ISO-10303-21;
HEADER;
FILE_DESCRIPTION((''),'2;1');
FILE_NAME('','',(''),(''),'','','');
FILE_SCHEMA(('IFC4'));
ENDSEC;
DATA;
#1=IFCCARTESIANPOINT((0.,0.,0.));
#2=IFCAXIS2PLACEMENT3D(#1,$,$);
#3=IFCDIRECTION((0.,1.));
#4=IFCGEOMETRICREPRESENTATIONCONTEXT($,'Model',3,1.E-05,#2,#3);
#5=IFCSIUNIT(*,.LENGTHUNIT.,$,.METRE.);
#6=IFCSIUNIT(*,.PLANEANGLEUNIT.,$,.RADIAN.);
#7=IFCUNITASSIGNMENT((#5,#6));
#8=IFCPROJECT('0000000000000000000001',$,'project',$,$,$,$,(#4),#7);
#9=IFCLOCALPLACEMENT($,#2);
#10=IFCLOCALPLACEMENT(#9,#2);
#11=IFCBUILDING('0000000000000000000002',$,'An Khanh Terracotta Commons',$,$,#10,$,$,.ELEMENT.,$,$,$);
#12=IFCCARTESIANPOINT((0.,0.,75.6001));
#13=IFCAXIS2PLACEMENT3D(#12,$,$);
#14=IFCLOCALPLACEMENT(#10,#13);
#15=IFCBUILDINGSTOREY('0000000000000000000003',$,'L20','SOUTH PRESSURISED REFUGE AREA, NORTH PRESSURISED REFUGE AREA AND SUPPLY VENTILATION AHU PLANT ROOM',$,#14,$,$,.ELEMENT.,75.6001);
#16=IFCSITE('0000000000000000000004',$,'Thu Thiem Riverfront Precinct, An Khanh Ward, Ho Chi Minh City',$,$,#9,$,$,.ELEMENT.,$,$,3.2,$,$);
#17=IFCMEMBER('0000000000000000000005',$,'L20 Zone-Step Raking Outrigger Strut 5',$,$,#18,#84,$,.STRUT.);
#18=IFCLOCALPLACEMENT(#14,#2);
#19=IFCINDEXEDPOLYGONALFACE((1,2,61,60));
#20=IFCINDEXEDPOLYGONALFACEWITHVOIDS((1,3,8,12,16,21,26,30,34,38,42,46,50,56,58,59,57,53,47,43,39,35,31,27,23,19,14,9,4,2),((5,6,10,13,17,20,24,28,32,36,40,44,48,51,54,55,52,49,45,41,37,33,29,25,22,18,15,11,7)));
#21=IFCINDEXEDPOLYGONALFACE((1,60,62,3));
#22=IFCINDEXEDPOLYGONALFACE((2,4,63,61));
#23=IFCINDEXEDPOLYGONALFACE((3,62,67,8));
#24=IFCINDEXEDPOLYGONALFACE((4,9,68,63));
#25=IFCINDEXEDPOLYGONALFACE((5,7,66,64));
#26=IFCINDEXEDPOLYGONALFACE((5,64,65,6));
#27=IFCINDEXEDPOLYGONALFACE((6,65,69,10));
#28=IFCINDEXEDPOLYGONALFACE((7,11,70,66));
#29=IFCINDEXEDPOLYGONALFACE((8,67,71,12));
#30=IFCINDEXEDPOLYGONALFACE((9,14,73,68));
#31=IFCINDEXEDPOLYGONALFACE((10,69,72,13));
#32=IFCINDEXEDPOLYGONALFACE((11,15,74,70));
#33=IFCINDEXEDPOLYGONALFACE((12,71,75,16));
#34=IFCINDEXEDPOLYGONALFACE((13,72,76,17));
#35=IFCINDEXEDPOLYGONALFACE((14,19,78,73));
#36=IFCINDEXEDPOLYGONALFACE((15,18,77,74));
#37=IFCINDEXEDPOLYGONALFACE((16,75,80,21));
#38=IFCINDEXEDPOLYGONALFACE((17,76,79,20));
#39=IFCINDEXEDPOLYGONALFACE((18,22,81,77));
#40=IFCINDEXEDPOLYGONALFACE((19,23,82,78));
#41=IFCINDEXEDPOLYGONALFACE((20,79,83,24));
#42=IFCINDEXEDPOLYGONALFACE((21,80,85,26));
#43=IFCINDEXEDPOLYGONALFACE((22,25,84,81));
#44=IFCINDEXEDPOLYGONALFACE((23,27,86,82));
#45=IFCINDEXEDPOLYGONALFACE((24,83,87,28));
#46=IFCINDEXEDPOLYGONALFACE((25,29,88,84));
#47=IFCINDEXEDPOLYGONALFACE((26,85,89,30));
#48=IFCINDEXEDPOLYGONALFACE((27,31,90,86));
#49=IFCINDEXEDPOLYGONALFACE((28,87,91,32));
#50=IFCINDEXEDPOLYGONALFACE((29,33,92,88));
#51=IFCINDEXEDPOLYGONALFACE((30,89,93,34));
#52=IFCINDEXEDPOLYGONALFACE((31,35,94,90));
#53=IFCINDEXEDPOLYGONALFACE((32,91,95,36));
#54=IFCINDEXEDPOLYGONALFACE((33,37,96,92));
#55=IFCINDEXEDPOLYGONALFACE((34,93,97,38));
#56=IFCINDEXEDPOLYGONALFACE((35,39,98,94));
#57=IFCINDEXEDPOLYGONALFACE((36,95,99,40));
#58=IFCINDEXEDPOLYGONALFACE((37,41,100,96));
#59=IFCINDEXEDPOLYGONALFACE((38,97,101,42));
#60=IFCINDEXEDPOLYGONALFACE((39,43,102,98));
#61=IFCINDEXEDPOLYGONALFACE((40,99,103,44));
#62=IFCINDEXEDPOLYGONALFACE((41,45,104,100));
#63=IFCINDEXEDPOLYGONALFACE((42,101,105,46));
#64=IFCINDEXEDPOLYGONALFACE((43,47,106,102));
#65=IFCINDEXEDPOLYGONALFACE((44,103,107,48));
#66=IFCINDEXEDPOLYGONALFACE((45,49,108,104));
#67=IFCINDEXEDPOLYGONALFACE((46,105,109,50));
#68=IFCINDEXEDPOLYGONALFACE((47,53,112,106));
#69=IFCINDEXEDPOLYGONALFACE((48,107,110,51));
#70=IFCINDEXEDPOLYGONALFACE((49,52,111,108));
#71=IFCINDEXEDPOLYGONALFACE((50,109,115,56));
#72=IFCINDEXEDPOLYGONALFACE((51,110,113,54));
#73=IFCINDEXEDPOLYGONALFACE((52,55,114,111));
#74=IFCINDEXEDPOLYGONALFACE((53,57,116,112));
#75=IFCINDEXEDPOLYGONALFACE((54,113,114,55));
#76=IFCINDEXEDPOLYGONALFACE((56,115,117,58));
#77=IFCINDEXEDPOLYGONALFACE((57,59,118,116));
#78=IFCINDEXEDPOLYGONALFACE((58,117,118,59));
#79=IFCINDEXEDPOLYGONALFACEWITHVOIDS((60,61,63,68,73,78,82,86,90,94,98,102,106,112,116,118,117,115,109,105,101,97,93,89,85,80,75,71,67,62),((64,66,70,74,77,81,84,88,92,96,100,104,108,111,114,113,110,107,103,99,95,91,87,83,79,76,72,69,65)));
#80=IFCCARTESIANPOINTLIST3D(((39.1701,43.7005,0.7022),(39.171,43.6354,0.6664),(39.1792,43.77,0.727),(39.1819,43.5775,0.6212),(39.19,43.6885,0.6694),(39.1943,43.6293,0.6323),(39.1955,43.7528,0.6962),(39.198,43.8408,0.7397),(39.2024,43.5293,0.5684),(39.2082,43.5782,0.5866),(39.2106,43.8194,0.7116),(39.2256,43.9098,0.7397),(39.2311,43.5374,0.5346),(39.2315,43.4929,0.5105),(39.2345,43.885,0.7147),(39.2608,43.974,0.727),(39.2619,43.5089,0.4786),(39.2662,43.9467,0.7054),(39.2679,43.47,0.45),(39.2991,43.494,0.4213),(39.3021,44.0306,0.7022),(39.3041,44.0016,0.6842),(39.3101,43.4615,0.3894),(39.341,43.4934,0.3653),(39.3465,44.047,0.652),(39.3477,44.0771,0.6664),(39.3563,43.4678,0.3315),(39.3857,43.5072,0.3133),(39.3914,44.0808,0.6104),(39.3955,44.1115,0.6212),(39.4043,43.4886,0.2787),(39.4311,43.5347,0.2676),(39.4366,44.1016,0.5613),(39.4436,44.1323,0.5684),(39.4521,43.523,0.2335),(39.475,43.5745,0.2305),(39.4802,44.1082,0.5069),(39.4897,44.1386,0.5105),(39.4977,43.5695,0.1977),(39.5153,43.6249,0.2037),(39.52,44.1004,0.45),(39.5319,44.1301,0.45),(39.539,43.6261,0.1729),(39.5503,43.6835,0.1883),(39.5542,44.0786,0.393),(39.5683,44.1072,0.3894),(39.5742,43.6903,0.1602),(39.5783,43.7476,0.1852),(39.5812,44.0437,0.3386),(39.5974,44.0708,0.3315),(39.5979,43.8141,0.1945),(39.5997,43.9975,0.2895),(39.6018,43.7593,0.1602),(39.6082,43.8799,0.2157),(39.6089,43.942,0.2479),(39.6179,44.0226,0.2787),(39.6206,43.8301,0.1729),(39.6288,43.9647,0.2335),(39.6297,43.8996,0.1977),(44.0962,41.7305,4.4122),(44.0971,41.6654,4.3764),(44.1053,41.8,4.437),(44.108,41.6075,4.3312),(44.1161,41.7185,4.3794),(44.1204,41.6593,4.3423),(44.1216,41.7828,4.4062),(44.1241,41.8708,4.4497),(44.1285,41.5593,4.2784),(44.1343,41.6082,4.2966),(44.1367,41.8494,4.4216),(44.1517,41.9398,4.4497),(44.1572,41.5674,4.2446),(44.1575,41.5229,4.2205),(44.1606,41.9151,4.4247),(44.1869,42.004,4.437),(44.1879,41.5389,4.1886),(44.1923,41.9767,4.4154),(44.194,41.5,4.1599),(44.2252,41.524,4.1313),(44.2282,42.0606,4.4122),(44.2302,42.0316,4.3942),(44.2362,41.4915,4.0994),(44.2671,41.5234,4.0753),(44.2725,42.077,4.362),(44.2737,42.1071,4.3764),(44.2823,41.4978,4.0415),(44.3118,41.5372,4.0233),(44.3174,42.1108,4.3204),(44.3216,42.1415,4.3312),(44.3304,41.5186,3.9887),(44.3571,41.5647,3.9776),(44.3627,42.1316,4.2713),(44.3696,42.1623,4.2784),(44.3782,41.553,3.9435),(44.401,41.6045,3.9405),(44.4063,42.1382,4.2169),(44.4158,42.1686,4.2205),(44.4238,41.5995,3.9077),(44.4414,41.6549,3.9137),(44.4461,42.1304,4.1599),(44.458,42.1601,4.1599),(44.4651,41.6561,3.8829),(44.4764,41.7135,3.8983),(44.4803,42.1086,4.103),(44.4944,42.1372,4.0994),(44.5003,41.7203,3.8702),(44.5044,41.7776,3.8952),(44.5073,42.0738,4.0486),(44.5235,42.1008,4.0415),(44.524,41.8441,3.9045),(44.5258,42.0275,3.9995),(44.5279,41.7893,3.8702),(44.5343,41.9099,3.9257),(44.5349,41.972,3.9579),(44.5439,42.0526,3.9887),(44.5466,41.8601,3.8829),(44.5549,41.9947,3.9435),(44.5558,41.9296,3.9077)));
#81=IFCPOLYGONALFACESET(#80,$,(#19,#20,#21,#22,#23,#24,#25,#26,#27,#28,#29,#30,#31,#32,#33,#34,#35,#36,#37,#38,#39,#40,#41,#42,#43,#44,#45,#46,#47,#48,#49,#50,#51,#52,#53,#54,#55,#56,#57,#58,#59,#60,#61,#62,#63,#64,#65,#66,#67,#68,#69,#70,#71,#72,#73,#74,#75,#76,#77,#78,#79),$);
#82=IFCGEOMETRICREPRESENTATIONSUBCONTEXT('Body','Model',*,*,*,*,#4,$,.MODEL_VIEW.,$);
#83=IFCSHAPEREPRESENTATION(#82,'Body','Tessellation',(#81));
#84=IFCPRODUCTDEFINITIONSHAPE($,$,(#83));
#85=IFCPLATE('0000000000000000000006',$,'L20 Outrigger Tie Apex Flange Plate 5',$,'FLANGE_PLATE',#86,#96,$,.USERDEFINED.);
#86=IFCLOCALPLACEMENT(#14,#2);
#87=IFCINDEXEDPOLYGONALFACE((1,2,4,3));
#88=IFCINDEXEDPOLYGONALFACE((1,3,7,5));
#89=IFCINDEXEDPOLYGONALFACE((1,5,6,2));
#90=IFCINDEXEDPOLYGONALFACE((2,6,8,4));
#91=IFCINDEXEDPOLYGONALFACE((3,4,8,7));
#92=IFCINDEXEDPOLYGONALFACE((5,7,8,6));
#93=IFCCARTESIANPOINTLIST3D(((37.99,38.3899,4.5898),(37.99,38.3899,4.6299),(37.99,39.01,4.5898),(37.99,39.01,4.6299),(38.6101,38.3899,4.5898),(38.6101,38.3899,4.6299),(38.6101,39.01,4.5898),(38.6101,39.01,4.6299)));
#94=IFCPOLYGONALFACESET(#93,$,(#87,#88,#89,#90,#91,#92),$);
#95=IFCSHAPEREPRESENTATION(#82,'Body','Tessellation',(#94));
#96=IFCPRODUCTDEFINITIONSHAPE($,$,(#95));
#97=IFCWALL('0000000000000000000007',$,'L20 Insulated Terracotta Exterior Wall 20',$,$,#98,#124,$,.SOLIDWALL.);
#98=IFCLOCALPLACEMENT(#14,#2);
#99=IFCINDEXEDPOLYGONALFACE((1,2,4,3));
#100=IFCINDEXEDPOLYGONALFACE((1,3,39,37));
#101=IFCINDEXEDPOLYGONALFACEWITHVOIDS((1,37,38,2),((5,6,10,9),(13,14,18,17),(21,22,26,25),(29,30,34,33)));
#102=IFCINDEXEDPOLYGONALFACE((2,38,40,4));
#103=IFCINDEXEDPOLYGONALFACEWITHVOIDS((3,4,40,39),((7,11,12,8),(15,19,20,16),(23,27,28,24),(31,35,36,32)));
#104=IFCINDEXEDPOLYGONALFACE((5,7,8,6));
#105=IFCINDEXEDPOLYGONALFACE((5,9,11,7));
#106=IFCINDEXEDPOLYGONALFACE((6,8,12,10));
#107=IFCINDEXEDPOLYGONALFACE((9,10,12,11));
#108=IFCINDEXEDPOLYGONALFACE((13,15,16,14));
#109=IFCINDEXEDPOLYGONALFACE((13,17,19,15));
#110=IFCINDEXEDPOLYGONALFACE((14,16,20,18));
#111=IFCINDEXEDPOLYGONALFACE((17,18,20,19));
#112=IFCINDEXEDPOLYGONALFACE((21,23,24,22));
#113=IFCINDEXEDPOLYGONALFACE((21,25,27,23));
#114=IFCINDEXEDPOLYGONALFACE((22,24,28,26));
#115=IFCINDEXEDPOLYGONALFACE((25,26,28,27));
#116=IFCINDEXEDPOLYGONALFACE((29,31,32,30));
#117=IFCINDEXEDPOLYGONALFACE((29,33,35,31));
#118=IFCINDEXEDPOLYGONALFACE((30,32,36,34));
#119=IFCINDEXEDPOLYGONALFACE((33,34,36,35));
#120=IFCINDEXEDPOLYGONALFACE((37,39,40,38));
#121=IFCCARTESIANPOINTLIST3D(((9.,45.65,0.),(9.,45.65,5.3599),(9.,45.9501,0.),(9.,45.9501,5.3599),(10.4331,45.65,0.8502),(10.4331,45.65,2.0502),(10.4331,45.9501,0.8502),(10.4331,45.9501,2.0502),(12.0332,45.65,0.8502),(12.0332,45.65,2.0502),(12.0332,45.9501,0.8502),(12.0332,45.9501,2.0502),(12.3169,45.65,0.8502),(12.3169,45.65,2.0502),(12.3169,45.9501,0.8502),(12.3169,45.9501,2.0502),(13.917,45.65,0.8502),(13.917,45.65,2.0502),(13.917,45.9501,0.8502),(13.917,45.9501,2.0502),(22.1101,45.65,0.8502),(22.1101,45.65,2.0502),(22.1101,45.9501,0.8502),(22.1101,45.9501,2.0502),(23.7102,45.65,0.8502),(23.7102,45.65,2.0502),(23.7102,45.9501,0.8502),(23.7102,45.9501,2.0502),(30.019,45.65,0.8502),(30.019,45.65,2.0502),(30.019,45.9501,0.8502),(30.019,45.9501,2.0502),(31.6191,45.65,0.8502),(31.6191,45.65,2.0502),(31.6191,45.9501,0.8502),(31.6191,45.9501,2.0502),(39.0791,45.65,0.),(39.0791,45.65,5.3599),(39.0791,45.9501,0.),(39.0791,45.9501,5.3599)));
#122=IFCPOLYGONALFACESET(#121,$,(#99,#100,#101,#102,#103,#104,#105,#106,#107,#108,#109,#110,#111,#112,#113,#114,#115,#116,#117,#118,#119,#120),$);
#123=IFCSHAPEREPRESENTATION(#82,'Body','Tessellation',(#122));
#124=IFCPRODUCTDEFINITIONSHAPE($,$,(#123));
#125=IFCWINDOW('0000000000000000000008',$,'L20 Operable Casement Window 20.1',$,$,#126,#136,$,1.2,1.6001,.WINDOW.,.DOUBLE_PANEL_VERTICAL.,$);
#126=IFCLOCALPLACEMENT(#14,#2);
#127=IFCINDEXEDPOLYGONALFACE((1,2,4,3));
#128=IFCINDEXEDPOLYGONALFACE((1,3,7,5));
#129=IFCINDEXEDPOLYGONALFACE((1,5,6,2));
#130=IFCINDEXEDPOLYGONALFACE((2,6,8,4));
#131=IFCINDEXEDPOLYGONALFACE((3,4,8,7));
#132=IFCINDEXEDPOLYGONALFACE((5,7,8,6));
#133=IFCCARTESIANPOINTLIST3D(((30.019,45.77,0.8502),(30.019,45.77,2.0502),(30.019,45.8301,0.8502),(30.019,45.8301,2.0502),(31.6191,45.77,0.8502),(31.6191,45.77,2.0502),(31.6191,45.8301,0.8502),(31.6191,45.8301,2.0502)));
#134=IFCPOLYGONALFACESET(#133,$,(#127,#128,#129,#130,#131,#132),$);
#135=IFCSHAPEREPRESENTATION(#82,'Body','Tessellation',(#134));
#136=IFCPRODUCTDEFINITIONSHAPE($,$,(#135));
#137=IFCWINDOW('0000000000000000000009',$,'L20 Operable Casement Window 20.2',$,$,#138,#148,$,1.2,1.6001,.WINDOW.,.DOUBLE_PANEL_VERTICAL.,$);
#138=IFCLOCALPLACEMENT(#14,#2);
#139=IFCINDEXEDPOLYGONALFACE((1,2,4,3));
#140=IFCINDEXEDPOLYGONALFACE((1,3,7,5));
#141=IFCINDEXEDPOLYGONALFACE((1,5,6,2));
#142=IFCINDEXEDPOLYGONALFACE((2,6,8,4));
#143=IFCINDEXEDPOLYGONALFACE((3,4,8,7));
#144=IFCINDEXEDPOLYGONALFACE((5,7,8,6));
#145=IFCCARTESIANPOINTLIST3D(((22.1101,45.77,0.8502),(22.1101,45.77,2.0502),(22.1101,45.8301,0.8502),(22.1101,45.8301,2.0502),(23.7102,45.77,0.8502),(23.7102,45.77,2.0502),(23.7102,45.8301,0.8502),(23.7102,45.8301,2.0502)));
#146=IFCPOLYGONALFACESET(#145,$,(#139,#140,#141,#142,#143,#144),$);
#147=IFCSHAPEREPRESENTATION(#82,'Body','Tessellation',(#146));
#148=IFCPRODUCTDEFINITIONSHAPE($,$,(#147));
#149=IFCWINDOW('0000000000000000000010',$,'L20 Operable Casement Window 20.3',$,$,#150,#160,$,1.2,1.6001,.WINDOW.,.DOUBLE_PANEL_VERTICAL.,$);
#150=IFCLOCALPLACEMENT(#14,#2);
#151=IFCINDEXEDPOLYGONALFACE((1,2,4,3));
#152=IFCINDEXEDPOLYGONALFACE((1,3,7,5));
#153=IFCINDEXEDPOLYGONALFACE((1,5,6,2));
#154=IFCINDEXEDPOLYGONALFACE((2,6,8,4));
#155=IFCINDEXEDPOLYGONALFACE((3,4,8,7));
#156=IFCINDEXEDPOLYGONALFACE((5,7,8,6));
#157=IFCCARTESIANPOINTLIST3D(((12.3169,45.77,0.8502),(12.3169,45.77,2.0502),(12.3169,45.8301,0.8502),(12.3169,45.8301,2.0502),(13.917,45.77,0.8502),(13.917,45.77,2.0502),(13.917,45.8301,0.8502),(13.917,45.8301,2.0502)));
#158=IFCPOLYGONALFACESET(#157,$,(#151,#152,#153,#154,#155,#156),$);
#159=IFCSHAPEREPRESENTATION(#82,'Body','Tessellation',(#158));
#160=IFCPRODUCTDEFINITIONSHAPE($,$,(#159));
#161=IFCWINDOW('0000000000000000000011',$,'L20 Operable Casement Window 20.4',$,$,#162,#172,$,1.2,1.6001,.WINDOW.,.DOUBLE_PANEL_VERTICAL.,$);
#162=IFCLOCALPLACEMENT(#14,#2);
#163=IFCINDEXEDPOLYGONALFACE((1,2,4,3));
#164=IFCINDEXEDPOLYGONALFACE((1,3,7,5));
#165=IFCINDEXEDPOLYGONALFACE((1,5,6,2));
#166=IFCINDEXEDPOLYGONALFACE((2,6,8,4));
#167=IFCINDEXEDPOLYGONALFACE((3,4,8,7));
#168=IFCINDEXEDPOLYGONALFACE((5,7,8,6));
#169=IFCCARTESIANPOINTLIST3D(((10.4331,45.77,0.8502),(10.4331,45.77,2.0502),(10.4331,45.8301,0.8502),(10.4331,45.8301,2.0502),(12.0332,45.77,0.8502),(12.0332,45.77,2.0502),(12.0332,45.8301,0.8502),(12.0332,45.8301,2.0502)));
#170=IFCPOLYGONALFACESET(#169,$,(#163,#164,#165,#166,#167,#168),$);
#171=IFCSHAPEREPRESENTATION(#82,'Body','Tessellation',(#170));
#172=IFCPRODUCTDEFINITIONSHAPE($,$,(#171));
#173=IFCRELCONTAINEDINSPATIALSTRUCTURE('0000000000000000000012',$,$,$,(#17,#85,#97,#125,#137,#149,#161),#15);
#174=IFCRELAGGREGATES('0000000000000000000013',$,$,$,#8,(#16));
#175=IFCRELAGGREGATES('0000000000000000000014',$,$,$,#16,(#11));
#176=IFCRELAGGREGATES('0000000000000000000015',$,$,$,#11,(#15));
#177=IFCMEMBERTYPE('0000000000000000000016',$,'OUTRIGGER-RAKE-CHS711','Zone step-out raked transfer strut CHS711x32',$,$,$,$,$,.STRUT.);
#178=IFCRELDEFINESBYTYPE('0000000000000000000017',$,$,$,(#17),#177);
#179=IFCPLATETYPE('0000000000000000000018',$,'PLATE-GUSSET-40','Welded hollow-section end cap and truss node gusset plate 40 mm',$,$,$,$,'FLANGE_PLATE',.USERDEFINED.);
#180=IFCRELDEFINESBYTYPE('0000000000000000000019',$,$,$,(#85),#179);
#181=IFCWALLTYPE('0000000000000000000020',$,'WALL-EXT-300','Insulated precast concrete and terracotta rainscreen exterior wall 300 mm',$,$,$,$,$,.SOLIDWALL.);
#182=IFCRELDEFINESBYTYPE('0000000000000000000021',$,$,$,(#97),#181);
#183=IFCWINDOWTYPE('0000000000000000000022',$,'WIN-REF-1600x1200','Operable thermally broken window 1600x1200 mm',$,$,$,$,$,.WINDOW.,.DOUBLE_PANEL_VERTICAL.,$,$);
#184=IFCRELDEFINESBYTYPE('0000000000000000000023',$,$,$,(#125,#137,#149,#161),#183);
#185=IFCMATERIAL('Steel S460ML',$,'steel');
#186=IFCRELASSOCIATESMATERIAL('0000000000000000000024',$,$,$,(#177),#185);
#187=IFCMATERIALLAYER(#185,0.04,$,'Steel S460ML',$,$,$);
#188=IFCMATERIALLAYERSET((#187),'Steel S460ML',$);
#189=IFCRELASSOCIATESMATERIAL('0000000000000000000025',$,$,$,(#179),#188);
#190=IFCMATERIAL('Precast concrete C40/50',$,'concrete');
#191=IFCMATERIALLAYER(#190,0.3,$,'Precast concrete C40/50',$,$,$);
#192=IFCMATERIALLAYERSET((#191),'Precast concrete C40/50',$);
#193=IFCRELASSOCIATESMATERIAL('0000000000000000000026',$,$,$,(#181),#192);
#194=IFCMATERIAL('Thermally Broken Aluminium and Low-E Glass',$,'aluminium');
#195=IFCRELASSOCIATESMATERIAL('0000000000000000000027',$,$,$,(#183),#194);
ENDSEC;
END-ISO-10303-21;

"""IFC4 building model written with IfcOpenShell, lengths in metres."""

from ifc_helpers import new_model, si_unit, direction, frame, frame_2d, origin, origin_2d, place, context, subcontext, project, spatial, rectangle, hollow_circle, extrude, material, layer, layer_set, material_profile, profile_set, type_object, element, fill, save


model = new_model("IFC4")

# Units and contexts
model_context = context("Model", 3, precision=1e-05, world=origin(), true_north=direction((0.0, 1.0)))
body_context = subcontext(model_context, "Body", "Model", "MODEL_VIEW")
ifc_project = project(units=[si_unit("LENGTHUNIT", "METRE"), si_unit("PLANEANGLEUNIT", "RADIAN")], contexts=[model_context])

# Site, building, storey
site_placement = place(None, origin())
site = spatial("IfcSite", under=ifc_project, at=site_placement, Name="Thu Thiem Riverfront Precinct, An Khanh Ward, Ho Chi Minh City", CompositionType="ELEMENT", RefElevation=3.2)
building_placement = place(site_placement, origin())
building = spatial("IfcBuilding", under=site, at=building_placement, Name="An Khanh Terracotta Commons", CompositionType="ELEMENT")
storey_placement = place(building_placement, frame((0.0, 0.0, 75.6001)))
storey = spatial("IfcBuildingStorey", under=building, at=storey_placement, Name="L20", Description="SOUTH PRESSURISED REFUGE AREA, NORTH PRESSURISED REFUGE AREA AND SUPPLY VENTILATION AHU PLANT ROOM", CompositionType="ELEMENT", Elevation=75.6001)

# Shared definitions
ifc_material_1 = material(Name="Steel S460ML", Category="steel")

# Member
ifc_material_profile_1 = material_profile(ifc_material_1, hollow_circle(Radius=0.3555, WallThickness=0.032, at=origin_2d()), Name="CHS711x32")
ifc_profile_set_1 = profile_set([ifc_material_profile_1], Name="Steel S460ML")
member_type_1 = type_object("IfcMemberType", Name="OUTRIGGER-RAKE-CHS711", Description="Zone step-out raked transfer strut CHS711x32", PredefinedType="STRUT", material=ifc_profile_set_1)
member_1_placement = place(storey_placement, frame((39.3999, 43.8, 0.45), z_axis=(0.760915, -0.304298, 0.573072), x_axis=(0.371319, 0.928505, 0.0)))
element("IfcMember", 1, at=member_1_placement, inside=storey, type_object=member_type_1, Name="L20 Zone-Step Raking Outrigger Strut 5", PredefinedType="STRUT", context=body_context, shape_type="SweptSolid", body=[
    extrude(hollow_circle(Radius=0.3555, WallThickness=0.032, at=origin_2d()), origin(), (0.0, 0.0, 1.0), 6.4739),
])

# Plate
ifc_layer_1 = layer(ifc_material_1, 0.04, Name="Steel S460ML")
ifc_layer_set_1 = layer_set([ifc_layer_1], Name="Steel S460ML")
plate_type = type_object("IfcPlateType", Name="PLATE-GUSSET-40", Description="Welded hollow-section end cap and truss node gusset plate 40 mm", ElementType="FLANGE_PLATE", PredefinedType="USERDEFINED", material=ifc_layer_set_1)
plate_placement = place(storey_placement, frame((38.3, 38.7, 4.5898), z_axis=(0.0, 0.0, 1.0), x_axis=(1.0, 0.0, 0.0)))
element("IfcPlate", 2, at=plate_placement, inside=storey, type_object=plate_type, Name="L20 Outrigger Tie Apex Flange Plate 5", ObjectType="FLANGE_PLATE", PredefinedType="USERDEFINED", context=body_context, shape_type="SweptSolid", body=[
    extrude(rectangle(XDim=0.6201, YDim=0.6201, at=origin_2d()), origin(), (0.0, 0.0, 1.0), 0.04),
])

# Wall, openings, windows
ifc_material_2 = material(Name="Precast concrete C40/50", Category="concrete")
ifc_layer_2 = layer(ifc_material_2, 0.3, Name="Precast concrete C40/50")
ifc_layer_set_2 = layer_set([ifc_layer_2], Name="Precast concrete C40/50")
wall_type = type_object("IfcWallType", Name="WALL-EXT-300", Description="Insulated precast concrete and terracotta rainscreen exterior wall 300 mm", PredefinedType="SOLIDWALL", material=ifc_layer_set_2)
wall_placement = place(storey_placement, frame((39.0791, 45.8, 0.0), z_axis=(0.0, 0.0, 1.0), x_axis=(-1.0, 0.0, 0.0)))
wall = element("IfcWall", 3, at=wall_placement, inside=storey, type_object=wall_type, Name="L20 Insulated Terracotta Exterior Wall 20", PredefinedType="SOLIDWALL", context=body_context, shape_type="SweptSolid", body=[
    extrude(rectangle(XDim=30.0791, YDim=0.3, at=frame_2d((15.0396, 0.0))), origin(), (0.0, 0.0, 1.0), 5.3599),
])
opening_1_placement = place(wall_placement, frame((7.46, 0.0, 0.8501)))
opening_1 = element("IfcOpeningElement", 4, at=opening_1_placement, cuts=wall, PredefinedType="OPENING", context=body_context, shape_type="SweptSolid", body=[
    extrude(rectangle(XDim=1.6001, YDim=1.2, at=frame_2d((0.8, 0.6001))), frame((0.0, 0.1599, 0.0), z_axis=(0.0, -1.0, 0.0), x_axis=(1.0, 0.0, 0.0)), (0.0, 0.0, 1.0), 0.3201),
])
opening_2_placement = place(wall_placement, frame((15.3689, 0.0, 0.8501)))
opening_2 = element("IfcOpeningElement", 5, at=opening_2_placement, cuts=wall, PredefinedType="OPENING", context=body_context, shape_type="SweptSolid", body=[
    extrude(rectangle(XDim=1.6001, YDim=1.2, at=frame_2d((0.8, 0.6001))), frame((0.0, 0.1599, 0.0), z_axis=(0.0, -1.0, 0.0), x_axis=(1.0, 0.0, 0.0)), (0.0, 0.0, 1.0), 0.3201),
])
opening_3_placement = place(wall_placement, frame((25.1621, 0.0, 0.8501)))
opening_3 = element("IfcOpeningElement", 6, at=opening_3_placement, cuts=wall, PredefinedType="OPENING", context=body_context, shape_type="SweptSolid", body=[
    extrude(rectangle(XDim=1.6001, YDim=1.2, at=frame_2d((0.8, 0.6001))), frame((0.0, 0.1599, 0.0), z_axis=(0.0, -1.0, 0.0), x_axis=(1.0, 0.0, 0.0)), (0.0, 0.0, 1.0), 0.3201),
])
opening_4_placement = place(wall_placement, frame((27.0459, 0.0, 0.8501)))
opening_4 = element("IfcOpeningElement", 7, at=opening_4_placement, cuts=wall, PredefinedType="OPENING", context=body_context, shape_type="SweptSolid", body=[
    extrude(rectangle(XDim=1.6001, YDim=1.2, at=frame_2d((0.8, 0.6001))), frame((0.0, 0.1599, 0.0), z_axis=(0.0, -1.0, 0.0), x_axis=(1.0, 0.0, 0.0)), (0.0, 0.0, 1.0), 0.3201),
])
ifc_material_3 = material(Name="Thermally Broken Aluminium and Low-E Glass", Category="aluminium")
window_type = type_object("IfcWindowType", Name="WIN-REF-1600x1200", Description="Operable thermally broken window 1600x1200 mm", PartitioningType="DOUBLE_PANEL_VERTICAL", PredefinedType="WINDOW", material=ifc_material_3)
window_1_placement = place(opening_1_placement, origin())
window_1 = element("IfcWindow", 8, at=window_1_placement, inside=storey, type_object=window_type, Name="L20 Operable Casement Window 20.1", OverallHeight=1.2, OverallWidth=1.6001, PartitioningType="DOUBLE_PANEL_VERTICAL", PredefinedType="WINDOW", context=body_context, shape_type="SweptSolid", body=[
    extrude(rectangle(XDim=1.6001, YDim=1.2, at=frame_2d((0.8, 0.6001))), frame((0.0, 0.03, 0.0), z_axis=(0.0, -1.0, 0.0), x_axis=(1.0, 0.0, 0.0)), (0.0, 0.0, 1.0), 0.0601),
])
fill(opening_1, window_1)
window_2_placement = place(opening_2_placement, origin())
window_2 = element("IfcWindow", 9, at=window_2_placement, inside=storey, type_object=window_type, Name="L20 Operable Casement Window 20.2", OverallHeight=1.2, OverallWidth=1.6001, PartitioningType="DOUBLE_PANEL_VERTICAL", PredefinedType="WINDOW", context=body_context, shape_type="SweptSolid", body=[
    extrude(rectangle(XDim=1.6001, YDim=1.2, at=frame_2d((0.8, 0.6001))), frame((0.0, 0.03, 0.0), z_axis=(0.0, -1.0, 0.0), x_axis=(1.0, 0.0, 0.0)), (0.0, 0.0, 1.0), 0.0601),
])
fill(opening_2, window_2)
window_3_placement = place(opening_3_placement, origin())
window_3 = element("IfcWindow", 10, at=window_3_placement, inside=storey, type_object=window_type, Name="L20 Operable Casement Window 20.3", OverallHeight=1.2, OverallWidth=1.6001, PartitioningType="DOUBLE_PANEL_VERTICAL", PredefinedType="WINDOW", context=body_context, shape_type="SweptSolid", body=[
    extrude(rectangle(XDim=1.6001, YDim=1.2, at=frame_2d((0.8, 0.6001))), frame((0.0, 0.03, 0.0), z_axis=(0.0, -1.0, 0.0), x_axis=(1.0, 0.0, 0.0)), (0.0, 0.0, 1.0), 0.0601),
])
fill(opening_3, window_3)
window_4_placement = place(opening_4_placement, origin())
window_4 = element("IfcWindow", 11, at=window_4_placement, inside=storey, type_object=window_type, Name="L20 Operable Casement Window 20.4", OverallHeight=1.2, OverallWidth=1.6001, PartitioningType="DOUBLE_PANEL_VERTICAL", PredefinedType="WINDOW", context=body_context, shape_type="SweptSolid", body=[
    extrude(rectangle(XDim=1.6001, YDim=1.2, at=frame_2d((0.8, 0.6001))), frame((0.0, 0.03, 0.0), z_axis=(0.0, -1.0, 0.0), x_axis=(1.0, 0.0, 0.0)), (0.0, 0.0, 1.0), 0.0601),
])
fill(opening_4, window_4)

save(model, "model.ifc")
